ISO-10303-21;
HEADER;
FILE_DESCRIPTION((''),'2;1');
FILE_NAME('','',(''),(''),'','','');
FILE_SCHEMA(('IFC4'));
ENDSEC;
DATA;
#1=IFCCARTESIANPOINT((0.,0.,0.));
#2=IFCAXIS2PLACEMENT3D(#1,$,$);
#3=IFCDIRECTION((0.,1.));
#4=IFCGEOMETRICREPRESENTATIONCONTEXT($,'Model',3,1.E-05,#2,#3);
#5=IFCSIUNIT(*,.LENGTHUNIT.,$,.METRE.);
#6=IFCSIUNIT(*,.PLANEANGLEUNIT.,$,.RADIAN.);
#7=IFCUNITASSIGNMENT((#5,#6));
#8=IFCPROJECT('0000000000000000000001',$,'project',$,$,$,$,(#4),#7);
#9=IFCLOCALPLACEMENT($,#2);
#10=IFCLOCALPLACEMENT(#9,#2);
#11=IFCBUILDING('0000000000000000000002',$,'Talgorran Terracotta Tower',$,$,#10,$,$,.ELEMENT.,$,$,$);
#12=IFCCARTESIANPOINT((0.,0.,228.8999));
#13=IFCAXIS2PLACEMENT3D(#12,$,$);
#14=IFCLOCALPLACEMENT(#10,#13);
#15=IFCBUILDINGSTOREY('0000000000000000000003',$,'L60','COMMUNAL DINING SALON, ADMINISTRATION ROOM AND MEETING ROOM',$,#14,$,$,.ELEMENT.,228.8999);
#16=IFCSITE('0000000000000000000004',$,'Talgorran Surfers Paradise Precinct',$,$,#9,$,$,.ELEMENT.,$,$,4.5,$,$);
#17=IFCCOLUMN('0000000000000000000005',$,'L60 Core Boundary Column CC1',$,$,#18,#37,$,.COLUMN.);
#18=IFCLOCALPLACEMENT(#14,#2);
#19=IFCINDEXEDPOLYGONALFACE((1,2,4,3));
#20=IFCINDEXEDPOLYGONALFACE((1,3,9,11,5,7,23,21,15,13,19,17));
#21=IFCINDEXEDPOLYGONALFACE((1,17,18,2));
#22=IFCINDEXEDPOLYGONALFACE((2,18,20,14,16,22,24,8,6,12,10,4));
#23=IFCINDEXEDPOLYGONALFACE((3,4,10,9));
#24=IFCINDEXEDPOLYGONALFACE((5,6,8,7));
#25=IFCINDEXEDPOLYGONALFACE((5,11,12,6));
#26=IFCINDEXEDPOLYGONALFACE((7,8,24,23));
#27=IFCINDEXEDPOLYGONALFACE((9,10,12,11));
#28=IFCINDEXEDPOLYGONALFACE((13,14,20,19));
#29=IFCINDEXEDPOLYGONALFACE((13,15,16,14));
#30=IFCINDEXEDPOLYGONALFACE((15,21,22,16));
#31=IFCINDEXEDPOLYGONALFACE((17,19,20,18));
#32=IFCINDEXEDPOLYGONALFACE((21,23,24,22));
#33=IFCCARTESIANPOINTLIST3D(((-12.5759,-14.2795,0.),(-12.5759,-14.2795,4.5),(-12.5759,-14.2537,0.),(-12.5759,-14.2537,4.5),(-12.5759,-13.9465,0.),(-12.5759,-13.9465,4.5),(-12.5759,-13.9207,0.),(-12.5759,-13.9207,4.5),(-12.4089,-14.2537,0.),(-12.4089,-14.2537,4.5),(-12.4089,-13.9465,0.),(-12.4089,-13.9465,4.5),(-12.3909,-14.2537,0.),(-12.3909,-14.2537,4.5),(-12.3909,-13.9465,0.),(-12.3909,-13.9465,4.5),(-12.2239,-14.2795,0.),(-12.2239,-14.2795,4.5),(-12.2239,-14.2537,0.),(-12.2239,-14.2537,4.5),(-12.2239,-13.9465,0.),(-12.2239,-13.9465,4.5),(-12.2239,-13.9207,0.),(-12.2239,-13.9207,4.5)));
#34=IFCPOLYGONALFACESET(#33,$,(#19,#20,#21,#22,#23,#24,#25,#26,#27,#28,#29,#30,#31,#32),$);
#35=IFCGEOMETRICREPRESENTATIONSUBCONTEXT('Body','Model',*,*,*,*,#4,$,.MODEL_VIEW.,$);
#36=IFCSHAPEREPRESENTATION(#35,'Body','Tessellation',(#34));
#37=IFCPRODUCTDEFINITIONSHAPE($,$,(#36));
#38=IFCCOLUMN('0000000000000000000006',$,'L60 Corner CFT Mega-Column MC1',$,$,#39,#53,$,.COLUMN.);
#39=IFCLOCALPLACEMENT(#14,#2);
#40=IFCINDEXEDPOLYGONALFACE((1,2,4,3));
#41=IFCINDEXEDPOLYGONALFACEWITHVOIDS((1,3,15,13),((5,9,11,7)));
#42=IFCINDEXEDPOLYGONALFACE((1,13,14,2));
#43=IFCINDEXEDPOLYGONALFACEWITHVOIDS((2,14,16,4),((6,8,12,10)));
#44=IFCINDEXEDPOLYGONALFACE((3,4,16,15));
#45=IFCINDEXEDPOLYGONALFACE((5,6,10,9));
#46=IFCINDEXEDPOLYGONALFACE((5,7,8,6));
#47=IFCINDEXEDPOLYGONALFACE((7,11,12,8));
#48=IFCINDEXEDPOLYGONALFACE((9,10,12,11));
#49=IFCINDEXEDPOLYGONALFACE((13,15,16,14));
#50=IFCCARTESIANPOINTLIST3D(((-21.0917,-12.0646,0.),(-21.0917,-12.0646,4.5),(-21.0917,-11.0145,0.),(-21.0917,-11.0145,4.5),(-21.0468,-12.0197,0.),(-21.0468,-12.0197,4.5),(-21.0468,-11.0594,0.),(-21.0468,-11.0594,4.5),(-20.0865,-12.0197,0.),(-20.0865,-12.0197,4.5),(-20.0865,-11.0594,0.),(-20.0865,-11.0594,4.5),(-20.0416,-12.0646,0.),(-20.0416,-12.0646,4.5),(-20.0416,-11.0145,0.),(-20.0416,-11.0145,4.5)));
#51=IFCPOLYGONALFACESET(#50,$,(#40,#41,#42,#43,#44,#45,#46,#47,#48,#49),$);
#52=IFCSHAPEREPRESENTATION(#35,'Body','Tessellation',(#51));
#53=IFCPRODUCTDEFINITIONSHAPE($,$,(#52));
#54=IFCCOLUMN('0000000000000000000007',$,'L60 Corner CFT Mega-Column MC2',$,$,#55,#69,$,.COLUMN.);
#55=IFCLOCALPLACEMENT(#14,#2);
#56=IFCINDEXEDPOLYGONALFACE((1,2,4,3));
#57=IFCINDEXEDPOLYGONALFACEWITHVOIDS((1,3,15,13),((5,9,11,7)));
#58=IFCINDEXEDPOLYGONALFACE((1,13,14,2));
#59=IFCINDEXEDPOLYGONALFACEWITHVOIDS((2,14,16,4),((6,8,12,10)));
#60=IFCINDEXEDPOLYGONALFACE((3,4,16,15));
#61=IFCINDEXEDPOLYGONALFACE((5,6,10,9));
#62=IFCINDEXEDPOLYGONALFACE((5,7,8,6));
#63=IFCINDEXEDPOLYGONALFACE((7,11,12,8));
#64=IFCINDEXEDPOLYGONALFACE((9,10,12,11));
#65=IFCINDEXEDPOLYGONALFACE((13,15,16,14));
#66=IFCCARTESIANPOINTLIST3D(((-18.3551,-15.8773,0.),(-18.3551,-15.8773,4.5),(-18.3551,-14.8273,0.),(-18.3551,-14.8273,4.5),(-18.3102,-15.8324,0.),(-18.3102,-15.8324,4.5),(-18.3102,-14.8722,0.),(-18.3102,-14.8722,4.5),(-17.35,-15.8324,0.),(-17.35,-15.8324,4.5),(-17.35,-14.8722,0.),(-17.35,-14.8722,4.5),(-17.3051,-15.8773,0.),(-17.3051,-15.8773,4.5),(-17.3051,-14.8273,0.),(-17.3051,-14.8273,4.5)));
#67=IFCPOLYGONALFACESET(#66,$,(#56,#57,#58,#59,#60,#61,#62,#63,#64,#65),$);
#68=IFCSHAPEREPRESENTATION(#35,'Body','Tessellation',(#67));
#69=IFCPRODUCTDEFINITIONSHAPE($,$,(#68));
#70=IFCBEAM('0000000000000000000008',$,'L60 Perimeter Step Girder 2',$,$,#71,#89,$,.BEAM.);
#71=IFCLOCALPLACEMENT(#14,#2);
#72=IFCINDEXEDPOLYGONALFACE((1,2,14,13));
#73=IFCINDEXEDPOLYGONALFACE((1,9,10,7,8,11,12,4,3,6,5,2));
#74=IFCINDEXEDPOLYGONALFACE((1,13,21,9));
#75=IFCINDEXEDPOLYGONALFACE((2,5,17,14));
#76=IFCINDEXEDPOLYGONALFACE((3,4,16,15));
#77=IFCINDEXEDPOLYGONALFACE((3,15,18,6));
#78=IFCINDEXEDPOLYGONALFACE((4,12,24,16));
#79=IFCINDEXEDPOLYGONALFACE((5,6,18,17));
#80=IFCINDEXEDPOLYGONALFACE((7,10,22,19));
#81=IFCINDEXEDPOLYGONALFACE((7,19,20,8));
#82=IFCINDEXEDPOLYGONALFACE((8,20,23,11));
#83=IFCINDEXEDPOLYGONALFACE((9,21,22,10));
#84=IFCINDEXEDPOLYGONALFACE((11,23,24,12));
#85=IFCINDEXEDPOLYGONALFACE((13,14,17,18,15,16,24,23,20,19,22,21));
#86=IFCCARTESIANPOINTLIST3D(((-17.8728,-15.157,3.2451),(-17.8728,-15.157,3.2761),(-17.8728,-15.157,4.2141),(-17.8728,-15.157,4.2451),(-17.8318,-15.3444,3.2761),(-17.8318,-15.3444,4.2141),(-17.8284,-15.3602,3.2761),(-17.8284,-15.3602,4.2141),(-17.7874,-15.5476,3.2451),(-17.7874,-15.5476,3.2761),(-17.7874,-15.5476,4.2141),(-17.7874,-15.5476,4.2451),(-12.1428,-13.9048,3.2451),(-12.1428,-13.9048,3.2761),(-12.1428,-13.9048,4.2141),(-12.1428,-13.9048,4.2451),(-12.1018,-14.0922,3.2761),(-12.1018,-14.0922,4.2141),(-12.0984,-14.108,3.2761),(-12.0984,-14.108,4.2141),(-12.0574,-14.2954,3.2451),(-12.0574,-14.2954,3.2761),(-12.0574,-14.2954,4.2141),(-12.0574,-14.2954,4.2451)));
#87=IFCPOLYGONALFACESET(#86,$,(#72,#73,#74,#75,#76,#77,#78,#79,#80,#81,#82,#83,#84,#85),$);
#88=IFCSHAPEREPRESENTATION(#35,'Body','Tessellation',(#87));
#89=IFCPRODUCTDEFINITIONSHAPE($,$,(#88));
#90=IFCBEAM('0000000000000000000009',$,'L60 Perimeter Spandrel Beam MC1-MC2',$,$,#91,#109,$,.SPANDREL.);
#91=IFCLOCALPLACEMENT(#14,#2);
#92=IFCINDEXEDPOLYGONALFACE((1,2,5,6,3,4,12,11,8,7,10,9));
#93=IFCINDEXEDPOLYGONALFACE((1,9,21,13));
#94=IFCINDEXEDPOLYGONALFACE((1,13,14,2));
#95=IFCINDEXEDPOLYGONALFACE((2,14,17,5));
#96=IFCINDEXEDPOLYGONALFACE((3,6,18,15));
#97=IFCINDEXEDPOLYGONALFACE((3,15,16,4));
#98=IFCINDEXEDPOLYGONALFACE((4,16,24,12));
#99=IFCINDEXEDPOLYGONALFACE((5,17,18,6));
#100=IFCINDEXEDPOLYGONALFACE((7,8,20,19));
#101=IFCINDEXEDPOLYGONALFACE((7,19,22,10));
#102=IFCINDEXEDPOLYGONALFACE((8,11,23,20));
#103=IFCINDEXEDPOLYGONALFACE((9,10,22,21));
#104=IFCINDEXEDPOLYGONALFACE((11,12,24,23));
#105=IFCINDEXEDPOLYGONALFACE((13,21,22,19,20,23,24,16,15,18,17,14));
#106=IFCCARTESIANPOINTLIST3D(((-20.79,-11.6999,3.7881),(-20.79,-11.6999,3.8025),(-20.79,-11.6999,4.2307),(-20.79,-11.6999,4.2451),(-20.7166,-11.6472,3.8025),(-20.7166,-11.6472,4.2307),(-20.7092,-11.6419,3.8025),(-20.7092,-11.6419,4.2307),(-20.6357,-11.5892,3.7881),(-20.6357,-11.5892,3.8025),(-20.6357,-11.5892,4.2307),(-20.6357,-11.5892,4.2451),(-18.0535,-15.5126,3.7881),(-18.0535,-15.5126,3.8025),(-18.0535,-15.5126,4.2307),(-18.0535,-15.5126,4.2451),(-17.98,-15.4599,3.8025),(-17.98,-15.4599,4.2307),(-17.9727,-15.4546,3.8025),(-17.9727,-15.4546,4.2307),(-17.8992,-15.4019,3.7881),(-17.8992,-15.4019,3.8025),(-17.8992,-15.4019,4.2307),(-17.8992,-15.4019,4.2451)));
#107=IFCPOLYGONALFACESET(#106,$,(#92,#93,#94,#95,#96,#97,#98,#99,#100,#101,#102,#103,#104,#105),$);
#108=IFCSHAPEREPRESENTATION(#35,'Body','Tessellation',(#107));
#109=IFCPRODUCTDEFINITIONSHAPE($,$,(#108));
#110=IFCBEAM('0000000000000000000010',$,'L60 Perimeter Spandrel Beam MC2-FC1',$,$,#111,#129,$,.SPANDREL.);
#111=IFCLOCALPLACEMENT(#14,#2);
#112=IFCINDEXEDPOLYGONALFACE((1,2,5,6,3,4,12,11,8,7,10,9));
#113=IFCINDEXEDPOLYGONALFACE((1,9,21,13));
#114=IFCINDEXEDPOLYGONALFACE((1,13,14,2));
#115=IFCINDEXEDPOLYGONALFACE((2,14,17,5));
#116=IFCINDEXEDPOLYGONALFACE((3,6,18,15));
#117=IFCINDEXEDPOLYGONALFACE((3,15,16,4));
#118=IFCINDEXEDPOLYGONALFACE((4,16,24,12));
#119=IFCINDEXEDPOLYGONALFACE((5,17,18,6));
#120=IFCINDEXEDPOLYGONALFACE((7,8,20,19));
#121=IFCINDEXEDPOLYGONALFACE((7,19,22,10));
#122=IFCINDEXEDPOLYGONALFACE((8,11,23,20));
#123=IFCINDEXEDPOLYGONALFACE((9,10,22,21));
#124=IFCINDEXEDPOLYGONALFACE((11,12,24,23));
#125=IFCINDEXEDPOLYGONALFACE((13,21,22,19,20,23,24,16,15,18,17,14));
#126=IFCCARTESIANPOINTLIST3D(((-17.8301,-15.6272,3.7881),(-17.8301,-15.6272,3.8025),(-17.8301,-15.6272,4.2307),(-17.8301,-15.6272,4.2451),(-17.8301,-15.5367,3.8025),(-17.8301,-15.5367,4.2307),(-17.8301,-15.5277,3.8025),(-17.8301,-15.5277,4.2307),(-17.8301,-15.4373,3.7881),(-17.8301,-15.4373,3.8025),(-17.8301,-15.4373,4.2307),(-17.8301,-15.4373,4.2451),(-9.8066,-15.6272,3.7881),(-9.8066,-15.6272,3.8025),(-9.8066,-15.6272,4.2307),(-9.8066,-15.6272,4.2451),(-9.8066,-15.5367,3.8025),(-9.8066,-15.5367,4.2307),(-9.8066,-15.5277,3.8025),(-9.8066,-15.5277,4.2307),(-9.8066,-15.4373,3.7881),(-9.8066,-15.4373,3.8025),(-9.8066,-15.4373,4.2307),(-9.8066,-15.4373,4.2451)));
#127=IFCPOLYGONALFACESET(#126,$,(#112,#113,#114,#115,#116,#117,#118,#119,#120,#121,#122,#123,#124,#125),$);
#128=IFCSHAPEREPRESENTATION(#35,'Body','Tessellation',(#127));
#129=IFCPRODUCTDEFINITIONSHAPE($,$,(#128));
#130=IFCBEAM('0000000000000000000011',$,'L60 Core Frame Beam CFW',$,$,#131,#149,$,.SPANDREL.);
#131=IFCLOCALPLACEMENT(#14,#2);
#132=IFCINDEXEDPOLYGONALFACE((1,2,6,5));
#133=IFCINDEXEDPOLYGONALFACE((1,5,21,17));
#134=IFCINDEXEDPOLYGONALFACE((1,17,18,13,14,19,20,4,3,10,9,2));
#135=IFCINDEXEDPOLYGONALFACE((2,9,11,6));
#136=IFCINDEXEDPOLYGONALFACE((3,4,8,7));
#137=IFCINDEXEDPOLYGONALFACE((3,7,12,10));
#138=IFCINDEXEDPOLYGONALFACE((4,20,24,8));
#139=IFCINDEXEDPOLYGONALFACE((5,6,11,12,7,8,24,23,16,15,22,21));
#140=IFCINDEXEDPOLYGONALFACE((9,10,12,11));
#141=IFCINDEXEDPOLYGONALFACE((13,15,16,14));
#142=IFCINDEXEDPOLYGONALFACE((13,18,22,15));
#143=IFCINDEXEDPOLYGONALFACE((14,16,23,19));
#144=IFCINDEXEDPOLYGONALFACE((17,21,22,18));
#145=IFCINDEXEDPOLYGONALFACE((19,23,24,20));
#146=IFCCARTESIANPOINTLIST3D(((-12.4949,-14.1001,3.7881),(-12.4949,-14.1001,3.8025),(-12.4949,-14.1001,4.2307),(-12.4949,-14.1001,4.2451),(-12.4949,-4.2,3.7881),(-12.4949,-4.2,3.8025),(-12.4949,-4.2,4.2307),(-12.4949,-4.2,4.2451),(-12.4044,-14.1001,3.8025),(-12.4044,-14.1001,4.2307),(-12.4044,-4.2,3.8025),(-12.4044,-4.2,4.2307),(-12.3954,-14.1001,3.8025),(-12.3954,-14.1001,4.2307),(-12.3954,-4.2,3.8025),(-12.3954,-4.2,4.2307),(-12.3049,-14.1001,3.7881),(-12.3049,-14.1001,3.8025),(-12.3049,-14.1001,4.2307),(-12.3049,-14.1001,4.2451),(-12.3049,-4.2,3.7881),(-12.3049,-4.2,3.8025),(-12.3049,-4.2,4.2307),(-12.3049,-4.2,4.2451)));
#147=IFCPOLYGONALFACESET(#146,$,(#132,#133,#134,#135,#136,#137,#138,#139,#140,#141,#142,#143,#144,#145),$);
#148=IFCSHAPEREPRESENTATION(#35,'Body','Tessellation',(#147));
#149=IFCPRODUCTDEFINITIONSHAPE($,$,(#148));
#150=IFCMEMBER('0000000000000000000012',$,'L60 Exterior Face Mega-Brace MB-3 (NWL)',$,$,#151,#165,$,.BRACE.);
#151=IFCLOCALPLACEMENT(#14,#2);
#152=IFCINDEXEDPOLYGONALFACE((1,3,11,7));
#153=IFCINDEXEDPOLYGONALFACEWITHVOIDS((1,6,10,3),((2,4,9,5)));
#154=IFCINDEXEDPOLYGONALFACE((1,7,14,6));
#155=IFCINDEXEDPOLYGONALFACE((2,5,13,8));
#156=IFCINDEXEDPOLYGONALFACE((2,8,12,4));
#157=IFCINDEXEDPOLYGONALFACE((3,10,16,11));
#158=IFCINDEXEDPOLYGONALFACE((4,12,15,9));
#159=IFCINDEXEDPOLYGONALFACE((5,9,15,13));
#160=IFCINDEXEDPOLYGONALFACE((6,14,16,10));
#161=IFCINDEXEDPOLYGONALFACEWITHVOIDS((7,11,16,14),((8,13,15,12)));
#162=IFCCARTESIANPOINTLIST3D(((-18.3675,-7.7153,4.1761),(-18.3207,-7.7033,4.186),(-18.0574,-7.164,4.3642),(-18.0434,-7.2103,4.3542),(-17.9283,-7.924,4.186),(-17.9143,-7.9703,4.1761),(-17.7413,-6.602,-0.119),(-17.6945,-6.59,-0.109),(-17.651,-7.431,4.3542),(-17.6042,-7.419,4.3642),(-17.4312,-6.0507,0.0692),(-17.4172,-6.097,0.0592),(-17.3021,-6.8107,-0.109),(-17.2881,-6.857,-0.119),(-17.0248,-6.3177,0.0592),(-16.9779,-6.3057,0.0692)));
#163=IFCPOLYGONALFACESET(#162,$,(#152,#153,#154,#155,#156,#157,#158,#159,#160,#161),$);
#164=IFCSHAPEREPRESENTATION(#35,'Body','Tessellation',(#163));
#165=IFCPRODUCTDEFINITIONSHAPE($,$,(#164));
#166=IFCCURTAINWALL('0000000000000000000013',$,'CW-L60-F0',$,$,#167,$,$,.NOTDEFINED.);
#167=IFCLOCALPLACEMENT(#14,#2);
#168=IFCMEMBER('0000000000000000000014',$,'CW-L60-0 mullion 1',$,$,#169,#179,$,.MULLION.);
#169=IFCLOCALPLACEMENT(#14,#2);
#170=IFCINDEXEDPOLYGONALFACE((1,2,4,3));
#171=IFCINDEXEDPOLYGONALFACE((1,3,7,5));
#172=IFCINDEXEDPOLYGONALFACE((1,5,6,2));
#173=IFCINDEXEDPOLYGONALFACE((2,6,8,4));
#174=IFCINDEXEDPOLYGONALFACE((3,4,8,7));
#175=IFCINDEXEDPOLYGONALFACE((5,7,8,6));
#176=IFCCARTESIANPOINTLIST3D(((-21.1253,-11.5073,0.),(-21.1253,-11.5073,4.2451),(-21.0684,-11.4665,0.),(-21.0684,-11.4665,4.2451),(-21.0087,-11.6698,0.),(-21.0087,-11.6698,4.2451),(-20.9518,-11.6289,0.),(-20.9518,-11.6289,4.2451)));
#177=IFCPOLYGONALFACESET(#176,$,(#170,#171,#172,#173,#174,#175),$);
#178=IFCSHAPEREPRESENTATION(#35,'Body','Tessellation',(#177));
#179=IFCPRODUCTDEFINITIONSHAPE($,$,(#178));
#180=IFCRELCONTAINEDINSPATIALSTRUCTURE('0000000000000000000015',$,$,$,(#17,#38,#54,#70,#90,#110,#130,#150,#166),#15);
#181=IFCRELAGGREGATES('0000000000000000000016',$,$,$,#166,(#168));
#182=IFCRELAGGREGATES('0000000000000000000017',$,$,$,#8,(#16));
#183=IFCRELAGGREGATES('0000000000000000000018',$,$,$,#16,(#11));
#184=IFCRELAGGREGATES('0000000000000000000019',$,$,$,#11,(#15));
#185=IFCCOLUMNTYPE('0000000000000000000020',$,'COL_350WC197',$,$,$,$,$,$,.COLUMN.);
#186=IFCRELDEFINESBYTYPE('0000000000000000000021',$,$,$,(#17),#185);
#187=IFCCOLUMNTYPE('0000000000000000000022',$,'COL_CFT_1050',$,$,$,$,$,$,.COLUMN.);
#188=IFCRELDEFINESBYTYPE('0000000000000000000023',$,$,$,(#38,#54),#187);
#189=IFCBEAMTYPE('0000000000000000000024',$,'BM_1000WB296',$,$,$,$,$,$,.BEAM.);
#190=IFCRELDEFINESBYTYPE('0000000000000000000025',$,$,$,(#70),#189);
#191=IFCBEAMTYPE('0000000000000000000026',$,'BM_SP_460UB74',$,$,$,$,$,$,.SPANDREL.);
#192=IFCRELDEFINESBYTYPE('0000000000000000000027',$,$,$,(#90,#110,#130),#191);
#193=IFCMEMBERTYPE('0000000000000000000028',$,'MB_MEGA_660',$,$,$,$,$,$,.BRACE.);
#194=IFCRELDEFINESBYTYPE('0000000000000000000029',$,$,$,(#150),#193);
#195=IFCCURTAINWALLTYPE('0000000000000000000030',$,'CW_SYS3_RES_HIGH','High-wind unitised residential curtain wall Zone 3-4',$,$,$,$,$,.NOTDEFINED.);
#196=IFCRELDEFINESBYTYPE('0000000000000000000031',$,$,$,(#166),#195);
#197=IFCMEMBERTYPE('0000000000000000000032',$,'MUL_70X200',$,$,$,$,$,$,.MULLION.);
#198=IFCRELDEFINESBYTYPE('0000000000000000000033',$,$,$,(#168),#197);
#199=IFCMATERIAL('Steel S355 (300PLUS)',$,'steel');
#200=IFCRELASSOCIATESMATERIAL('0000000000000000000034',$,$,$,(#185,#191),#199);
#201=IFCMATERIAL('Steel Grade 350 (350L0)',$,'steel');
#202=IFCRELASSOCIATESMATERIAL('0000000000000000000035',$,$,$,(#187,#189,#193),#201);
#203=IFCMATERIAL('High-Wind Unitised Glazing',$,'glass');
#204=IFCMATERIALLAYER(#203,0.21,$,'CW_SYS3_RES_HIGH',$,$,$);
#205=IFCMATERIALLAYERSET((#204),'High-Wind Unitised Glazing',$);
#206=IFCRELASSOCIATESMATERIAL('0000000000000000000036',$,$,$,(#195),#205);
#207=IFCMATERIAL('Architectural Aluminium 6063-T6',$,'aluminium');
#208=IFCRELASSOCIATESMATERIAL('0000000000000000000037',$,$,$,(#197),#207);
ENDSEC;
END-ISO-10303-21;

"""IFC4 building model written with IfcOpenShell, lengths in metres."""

from ifc_helpers import new_model, si_unit, direction, frame, origin, origin_2d, place, context, subcontext, project, spatial, rectangle, hollow_rectangle, i_section, extrude, material, layer, layer_set, material_profile, profile_set, type_object, element, aggregate, save


model = new_model("IFC4")

# Units and contexts
model_context = context("Model", 3, precision=1e-05, world=origin(), true_north=direction((0.0, 1.0)))
body_context = subcontext(model_context, "Body", "Model", "MODEL_VIEW")
ifc_project = project(units=[si_unit("LENGTHUNIT", "METRE"), si_unit("PLANEANGLEUNIT", "RADIAN")], contexts=[model_context])

# Site, building, storey
site_placement = place(None, origin())
site = spatial("IfcSite", under=ifc_project, at=site_placement, Name="Talgorran Surfers Paradise Precinct", CompositionType="ELEMENT", RefElevation=4.5)
building_placement = place(site_placement, origin())
building = spatial("IfcBuilding", under=site, at=building_placement, Name="Talgorran Terracotta Tower", CompositionType="ELEMENT")
storey_placement = place(building_placement, frame((0.0, 0.0, 228.8999)))
storey = spatial("IfcBuildingStorey", under=building, at=storey_placement, Name="L60", Description="COMMUNAL DINING SALON, ADMINISTRATION ROOM AND MEETING ROOM", CompositionType="ELEMENT", Elevation=228.8999)

# Columns
ifc_material_1 = material(Name="Steel S355 (300PLUS)", Category="steel")
ifc_material_profile_1 = material_profile(ifc_material_1, i_section(OverallWidth=0.3521, OverallDepth=0.3589, WebThickness=0.0181, FlangeThickness=0.0259, at=origin_2d()), Name="350WC197")
ifc_profile_set_1 = profile_set([ifc_material_profile_1], Name="Steel S355 (300PLUS)")
column_type_1 = type_object("IfcColumnType", Name="COL_350WC197", PredefinedType="COLUMN", material=ifc_profile_set_1)
column_placement = place(storey_placement, frame((-12.3999, -14.1001, 0.0), z_axis=(0.0, 0.0, 1.0), x_axis=(1.0, 0.0, 0.0)))
element("IfcColumn", 1, at=column_placement, inside=storey, type_object=column_type_1, Name="L60 Core Boundary Column CC1", PredefinedType="COLUMN", context=body_context, shape_type="SweptSolid", body=[
    extrude(i_section(OverallWidth=0.3521, OverallDepth=0.3589, WebThickness=0.0181, FlangeThickness=0.0259, at=origin_2d()), origin(), (0.0, 0.0, 1.0), 4.5),
])
ifc_material_2 = material(Name="Steel Grade 350 (350L0)", Category="steel")
ifc_material_profile_2 = material_profile(ifc_material_2, hollow_rectangle(XDim=1.05, YDim=1.05, WallThickness=0.0449, at=origin_2d()), Name="CFT1050X1050X45")
ifc_profile_set_2 = profile_set([ifc_material_profile_2], Name="Steel Grade 350 (350L0)")
column_type_2 = type_object("IfcColumnType", Name="COL_CFT_1050", PredefinedType="COLUMN", material=ifc_profile_set_2)
for number, where, z_axis, x_axis, name in (
    (2, (-20.5667, -11.5396, 0.0), (0.0, 0.0, 1.0), (1.0, 0.0, 0.0), "L60 Corner CFT Mega-Column MC1"),
    (3, (-17.8301, -15.3523, 0.0), (0.0, 0.0, 1.0), (1.0, 0.0, 0.0), "L60 Corner CFT Mega-Column MC2"),
):
    element("IfcColumn", number, at=place(storey_placement, frame(where, z_axis=z_axis, x_axis=x_axis)), inside=storey, type_object=column_type_2, Name=name, PredefinedType="COLUMN", context=body_context, shape_type="SweptSolid", body=[
        extrude(hollow_rectangle(XDim=1.05, YDim=1.05, WallThickness=0.0449, at=origin_2d()), origin(), (0.0, 0.0, 1.0), 4.5),
    ])

# Beams
ifc_material_profile_3 = material_profile(ifc_material_2, i_section(OverallWidth=0.3999, OverallDepth=1.0, WebThickness=0.0161, FlangeThickness=0.031, at=origin_2d()), Name="1000WB296")
ifc_profile_set_3 = profile_set([ifc_material_profile_3], Name="Steel Grade 350 (350L0)")
beam_type_1 = type_object("IfcBeamType", Name="BM_1000WB296", PredefinedType="BEAM", material=ifc_profile_set_3)
beam_1_placement = place(storey_placement, frame((-17.8301, -15.3523, 3.7451), z_axis=(0.976944, 0.213496, 0.0), x_axis=(-0.213496, 0.976944, 0.0)))
element("IfcBeam", 4, at=beam_1_placement, inside=storey, type_object=beam_type_1, Name="L60 Perimeter Step Girder 2", PredefinedType="BEAM", context=body_context, shape_type="SweptSolid", body=[
    extrude(i_section(OverallWidth=0.3999, OverallDepth=1.0, WebThickness=0.0161, FlangeThickness=0.031, at=origin_2d()), origin(), (0.0, 0.0, 1.0), 5.8652),
])
ifc_material_profile_4 = material_profile(ifc_material_1, i_section(OverallWidth=0.1899, OverallDepth=0.457, WebThickness=0.009, FlangeThickness=0.0144, at=origin_2d()), Name="460UB74.6")
ifc_profile_set_4 = profile_set([ifc_material_profile_4], Name="Steel S355 (300PLUS)")
beam_type_2 = type_object("IfcBeamType", Name="BM_SP_460UB74", PredefinedType="SPANDREL", material=ifc_profile_set_4)
beam_2_placement = place(storey_placement, frame((-20.7129, -11.6445, 4.0166), z_axis=(0.583097, -0.812403, 0.0), x_axis=(0.812403, 0.583097, 0.0)))
element("IfcBeam", 5, at=beam_2_placement, inside=storey, type_object=beam_type_2, Name="L60 Perimeter Spandrel Beam MC1-MC2", PredefinedType="SPANDREL", context=body_context, shape_type="SweptSolid", body=[
    extrude(i_section(OverallWidth=0.1899, OverallDepth=0.457, WebThickness=0.009, FlangeThickness=0.0144, at=origin_2d()), origin(), (0.0, 0.0, 1.0), 4.6931),
])
beam_3_placement = place(storey_placement, frame((-17.8301, -15.5322, 4.0166), z_axis=(1.0, 0.0, 0.0), x_axis=(0.0, 1.0, 0.0)))
element("IfcBeam", 6, at=beam_3_placement, inside=storey, type_object=beam_type_2, Name="L60 Perimeter Spandrel Beam MC2-FC1", PredefinedType="SPANDREL", context=body_context, shape_type="SweptSolid", body=[
    extrude(i_section(OverallWidth=0.1899, OverallDepth=0.457, WebThickness=0.009, FlangeThickness=0.0144, at=origin_2d()), origin(), (0.0, 0.0, 1.0), 8.0234),
])
beam_4_placement = place(storey_placement, frame((-12.3999, -14.1001, 4.0166), z_axis=(0.0, 1.0, 0.0), x_axis=(-1.0, 0.0, 0.0)))
element("IfcBeam", 7, at=beam_4_placement, inside=storey, type_object=beam_type_2, Name="L60 Core Frame Beam CFW", PredefinedType="SPANDREL", context=body_context, shape_type="SweptSolid", body=[
    extrude(i_section(OverallWidth=0.1899, OverallDepth=0.457, WebThickness=0.009, FlangeThickness=0.0144, at=origin_2d()), origin(), (0.0, 0.0, 1.0), 9.9001),
])

# Member
ifc_material_profile_5 = material_profile(ifc_material_2, hollow_rectangle(XDim=0.52, YDim=0.6599, WallThickness=0.0349, at=origin_2d()), Name="WBOX660X520X35")
ifc_profile_set_5 = profile_set([ifc_material_profile_5], Name="Steel Grade 350 (350L0)")
member_type_1 = type_object("IfcMemberType", Name="MB_MEGA_660", PredefinedType="BRACE", material=ifc_profile_set_5)
member_1_placement = place(storey_placement, frame((-17.3596, -6.4539, -0.0249), z_axis=(-0.139755, -0.248454, 0.958509), x_axis=(0.871576, -0.490261, 0.0)))
element("IfcMember", 8, at=member_1_placement, inside=storey, type_object=member_type_1, Name="L60 Exterior Face Mega-Brace MB-3 (NWL)", PredefinedType="BRACE", context=body_context, shape_type="SweptSolid", body=[
    extrude(hollow_rectangle(XDim=0.52, YDim=0.6599, WallThickness=0.0349, at=origin_2d()), origin(), (0.0, 0.0, 1.0), 4.481),
])

# Curtain wall, member
ifc_material_3 = material(Name="High-Wind Unitised Glazing", Category="glass")
ifc_layer_1 = layer(ifc_material_3, 0.21, Name="CW_SYS3_RES_HIGH")
ifc_layer_set_1 = layer_set([ifc_layer_1], Name="High-Wind Unitised Glazing")
curtain_wall_type = type_object("IfcCurtainWallType", Name="CW_SYS3_RES_HIGH", Description="High-wind unitised residential curtain wall Zone 3-4", PredefinedType="NOTDEFINED", material=ifc_layer_set_1)
curtain_wall_1_placement = place(storey_placement, origin())
curtain_wall_1 = element("IfcCurtainWall", 9, at=curtain_wall_1_placement, inside=storey, type_object=curtain_wall_type, Name="CW-L60-F0", PredefinedType="NOTDEFINED")
ifc_material_4 = material(Name="Architectural Aluminium 6063-T6", Category="aluminium")
ifc_material_profile_6 = material_profile(ifc_material_4, rectangle(XDim=0.0701, YDim=0.2, at=origin_2d()), Name="CWM70X200")
ifc_profile_set_6 = profile_set([ifc_material_profile_6], Name="Architectural Aluminium 6063-T6")
member_type_2 = type_object("IfcMemberType", Name="MUL_70X200", PredefinedType="MULLION", material=ifc_profile_set_6)
member_2_placement = place(storey_placement, frame((-21.0386, -11.5681, 0.0), z_axis=(0.0, 0.0, 1.0), x_axis=(0.81239, 0.583114, 0.0)))
member_2 = element("IfcMember", 10, at=member_2_placement, type_object=member_type_2, Name="CW-L60-0 mullion 1", PredefinedType="MULLION", context=body_context, shape_type="SweptSolid", body=[
    extrude(rectangle(XDim=0.0701, YDim=0.2, at=origin_2d()), origin(), (0.0, 0.0, 1.0), 4.2451),
])

aggregate(curtain_wall_1, [member_2])

save(model, "model.ifc")
